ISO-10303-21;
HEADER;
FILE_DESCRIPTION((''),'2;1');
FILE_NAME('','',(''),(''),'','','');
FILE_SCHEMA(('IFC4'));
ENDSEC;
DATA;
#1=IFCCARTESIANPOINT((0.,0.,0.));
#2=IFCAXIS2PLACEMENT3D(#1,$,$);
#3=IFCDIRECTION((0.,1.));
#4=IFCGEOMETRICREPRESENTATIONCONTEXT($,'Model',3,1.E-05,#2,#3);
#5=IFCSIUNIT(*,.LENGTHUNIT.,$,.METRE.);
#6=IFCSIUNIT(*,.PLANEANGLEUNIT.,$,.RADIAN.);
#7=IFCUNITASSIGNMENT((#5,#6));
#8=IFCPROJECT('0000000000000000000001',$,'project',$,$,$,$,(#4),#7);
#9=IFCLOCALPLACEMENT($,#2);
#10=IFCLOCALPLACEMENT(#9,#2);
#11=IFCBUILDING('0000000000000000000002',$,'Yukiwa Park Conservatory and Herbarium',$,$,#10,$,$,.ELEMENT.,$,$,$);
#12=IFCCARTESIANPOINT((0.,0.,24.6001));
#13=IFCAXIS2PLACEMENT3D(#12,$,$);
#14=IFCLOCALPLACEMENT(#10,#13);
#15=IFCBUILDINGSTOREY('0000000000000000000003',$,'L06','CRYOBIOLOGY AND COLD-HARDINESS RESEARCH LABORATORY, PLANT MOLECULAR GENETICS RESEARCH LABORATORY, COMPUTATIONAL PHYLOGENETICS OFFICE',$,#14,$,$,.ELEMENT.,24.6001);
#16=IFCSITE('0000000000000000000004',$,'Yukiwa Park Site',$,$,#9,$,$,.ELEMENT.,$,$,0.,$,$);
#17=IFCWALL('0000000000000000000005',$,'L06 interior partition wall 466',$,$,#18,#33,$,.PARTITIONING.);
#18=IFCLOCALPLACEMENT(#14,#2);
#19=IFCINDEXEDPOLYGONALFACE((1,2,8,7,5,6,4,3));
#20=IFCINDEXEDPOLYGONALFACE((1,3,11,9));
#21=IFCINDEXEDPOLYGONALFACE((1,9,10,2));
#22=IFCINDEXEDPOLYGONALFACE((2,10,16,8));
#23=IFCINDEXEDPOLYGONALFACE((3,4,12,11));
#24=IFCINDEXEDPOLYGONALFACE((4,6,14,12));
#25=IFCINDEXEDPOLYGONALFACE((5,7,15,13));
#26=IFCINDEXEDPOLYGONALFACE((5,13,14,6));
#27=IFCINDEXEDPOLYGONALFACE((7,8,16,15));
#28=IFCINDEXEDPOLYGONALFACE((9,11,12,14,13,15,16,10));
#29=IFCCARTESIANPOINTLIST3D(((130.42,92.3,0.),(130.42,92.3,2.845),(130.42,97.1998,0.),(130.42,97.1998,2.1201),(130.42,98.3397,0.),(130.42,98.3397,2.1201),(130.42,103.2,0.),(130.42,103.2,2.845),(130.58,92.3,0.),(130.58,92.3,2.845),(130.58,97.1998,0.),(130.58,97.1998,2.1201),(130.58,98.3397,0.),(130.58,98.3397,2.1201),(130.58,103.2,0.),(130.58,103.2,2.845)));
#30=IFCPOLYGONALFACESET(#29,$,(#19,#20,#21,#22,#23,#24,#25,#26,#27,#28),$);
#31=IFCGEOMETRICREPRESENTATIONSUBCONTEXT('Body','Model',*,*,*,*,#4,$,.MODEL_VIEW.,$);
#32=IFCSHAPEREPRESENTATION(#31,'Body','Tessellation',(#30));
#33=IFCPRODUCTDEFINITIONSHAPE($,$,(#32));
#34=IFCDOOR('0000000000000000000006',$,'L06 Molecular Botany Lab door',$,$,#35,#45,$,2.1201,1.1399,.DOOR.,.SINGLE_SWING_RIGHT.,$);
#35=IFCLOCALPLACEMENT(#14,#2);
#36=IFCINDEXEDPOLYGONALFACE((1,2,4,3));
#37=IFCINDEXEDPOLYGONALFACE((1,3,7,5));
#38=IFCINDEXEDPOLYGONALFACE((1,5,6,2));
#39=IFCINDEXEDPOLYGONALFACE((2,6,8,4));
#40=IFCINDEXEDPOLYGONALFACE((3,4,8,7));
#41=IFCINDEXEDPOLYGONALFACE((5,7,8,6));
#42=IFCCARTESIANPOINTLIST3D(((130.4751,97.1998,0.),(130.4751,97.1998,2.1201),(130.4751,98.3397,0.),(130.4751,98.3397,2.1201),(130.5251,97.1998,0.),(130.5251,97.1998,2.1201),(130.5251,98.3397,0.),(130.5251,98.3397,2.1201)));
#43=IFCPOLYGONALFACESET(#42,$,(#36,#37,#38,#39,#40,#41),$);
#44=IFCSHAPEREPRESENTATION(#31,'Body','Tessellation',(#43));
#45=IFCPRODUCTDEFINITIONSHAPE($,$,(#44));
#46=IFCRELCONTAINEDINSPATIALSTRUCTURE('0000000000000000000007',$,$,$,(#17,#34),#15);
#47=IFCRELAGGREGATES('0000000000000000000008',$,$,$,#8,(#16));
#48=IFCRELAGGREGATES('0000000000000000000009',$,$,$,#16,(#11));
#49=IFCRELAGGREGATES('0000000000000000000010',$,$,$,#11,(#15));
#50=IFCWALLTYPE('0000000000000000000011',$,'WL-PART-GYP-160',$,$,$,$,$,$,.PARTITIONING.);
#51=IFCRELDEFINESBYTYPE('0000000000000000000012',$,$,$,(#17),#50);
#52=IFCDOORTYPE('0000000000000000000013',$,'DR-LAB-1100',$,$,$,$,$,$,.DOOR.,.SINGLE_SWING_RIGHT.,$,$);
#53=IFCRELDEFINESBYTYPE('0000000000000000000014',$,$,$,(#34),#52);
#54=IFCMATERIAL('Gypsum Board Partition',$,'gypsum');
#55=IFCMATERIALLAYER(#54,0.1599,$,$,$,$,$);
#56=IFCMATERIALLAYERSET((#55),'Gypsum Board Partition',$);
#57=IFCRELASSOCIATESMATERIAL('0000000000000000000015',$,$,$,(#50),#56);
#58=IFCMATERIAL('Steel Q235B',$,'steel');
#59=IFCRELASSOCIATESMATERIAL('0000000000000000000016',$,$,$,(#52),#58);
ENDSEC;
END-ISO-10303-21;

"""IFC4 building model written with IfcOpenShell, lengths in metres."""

from ifc_helpers import new_model, si_unit, direction, frame, frame_2d, origin, place, context, subcontext, project, spatial, rectangle, extrude, material, layer, layer_set, type_object, element, fill, save


model = new_model("IFC4")

# Units and contexts
model_context = context("Model", 3, precision=1e-05, world=origin(), true_north=direction((0.0, 1.0)))
body_context = subcontext(model_context, "Body", "Model", "MODEL_VIEW")
ifc_project = project(units=[si_unit("LENGTHUNIT", "METRE"), si_unit("PLANEANGLEUNIT", "RADIAN")], contexts=[model_context])

# Site, building, storey
site_placement = place(None, origin())
site = spatial("IfcSite", under=ifc_project, at=site_placement, Name="Yukiwa Park Site", CompositionType="ELEMENT", RefElevation=0.0)
building_placement = place(site_placement, origin())
building = spatial("IfcBuilding", under=site, at=building_placement, Name="Yukiwa Park Conservatory and Herbarium", CompositionType="ELEMENT")
storey_placement = place(building_placement, frame((0.0, 0.0, 24.6001)))
storey = spatial("IfcBuildingStorey", under=building, at=storey_placement, Name="L06", Description="CRYOBIOLOGY AND COLD-HARDINESS RESEARCH LABORATORY, PLANT MOLECULAR GENETICS RESEARCH LABORATORY, COMPUTATIONAL PHYLOGENETICS OFFICE", CompositionType="ELEMENT", Elevation=24.6001)

# Wall, opening, door
ifc_material_1 = material(Name="Gypsum Board Partition", Category="gypsum")
ifc_layer_1 = layer(ifc_material_1, 0.1599)
ifc_layer_set_1 = layer_set([ifc_layer_1], Name="Gypsum Board Partition")
wall_type_1 = type_object("IfcWallType", Name="WL-PART-GYP-160", PredefinedType="PARTITIONING", material=ifc_layer_set_1)
wall_1_placement = place(storey_placement, frame((130.5, 92.3, 0.0), z_axis=(0.0, 0.0, 1.0), x_axis=(0.0, 1.0, 0.0)))
wall_1 = element("IfcWall", 1, at=wall_1_placement, inside=storey, type_object=wall_type_1, Name="L06 interior partition wall 466", PredefinedType="PARTITIONING", context=body_context, shape_type="SweptSolid", body=[
    extrude(rectangle(XDim=10.8999, YDim=0.1599, at=frame_2d((5.45, 0.0))), origin(), (0.0, 0.0, 1.0), 2.845),
])
opening_1_placement = place(wall_1_placement, frame((4.8999, 0.0, 0.0)))
opening_1 = element("IfcOpeningElement", 2, at=opening_1_placement, cuts=wall_1, PredefinedType="OPENING", context=body_context, shape_type="SweptSolid", body=[
    extrude(rectangle(XDim=1.1399, YDim=2.1201, at=frame_2d((0.5698, 1.0601))), frame((0.0, 0.0898, 0.0), z_axis=(0.0, -1.0, 0.0), x_axis=(1.0, 0.0, 0.0)), (0.0, 0.0, 1.0), 0.1799),
])
ifc_material_2 = material(Name="Steel Q235B", Category="steel")
door_type_1 = type_object("IfcDoorType", Name="DR-LAB-1100", OperationType="SINGLE_SWING_RIGHT", PredefinedType="DOOR", material=ifc_material_2)
door_1_placement = place(opening_1_placement, origin())
door_1 = element("IfcDoor", 3, at=door_1_placement, inside=storey, type_object=door_type_1, Name="L06 Molecular Botany Lab door", OperationType="SINGLE_SWING_RIGHT", OverallHeight=2.1201, OverallWidth=1.1399, PredefinedType="DOOR", context=body_context, shape_type="SweptSolid", body=[
    extrude(rectangle(XDim=1.1399, YDim=2.1201, at=frame_2d((0.5698, 1.0601))), frame((0.0, 0.0249, 0.0), z_axis=(0.0, -1.0, 0.0), x_axis=(1.0, 0.0, 0.0)), (0.0, 0.0, 1.0), 0.05),
])
fill(opening_1, door_1)

save(model, "model.ifc")
